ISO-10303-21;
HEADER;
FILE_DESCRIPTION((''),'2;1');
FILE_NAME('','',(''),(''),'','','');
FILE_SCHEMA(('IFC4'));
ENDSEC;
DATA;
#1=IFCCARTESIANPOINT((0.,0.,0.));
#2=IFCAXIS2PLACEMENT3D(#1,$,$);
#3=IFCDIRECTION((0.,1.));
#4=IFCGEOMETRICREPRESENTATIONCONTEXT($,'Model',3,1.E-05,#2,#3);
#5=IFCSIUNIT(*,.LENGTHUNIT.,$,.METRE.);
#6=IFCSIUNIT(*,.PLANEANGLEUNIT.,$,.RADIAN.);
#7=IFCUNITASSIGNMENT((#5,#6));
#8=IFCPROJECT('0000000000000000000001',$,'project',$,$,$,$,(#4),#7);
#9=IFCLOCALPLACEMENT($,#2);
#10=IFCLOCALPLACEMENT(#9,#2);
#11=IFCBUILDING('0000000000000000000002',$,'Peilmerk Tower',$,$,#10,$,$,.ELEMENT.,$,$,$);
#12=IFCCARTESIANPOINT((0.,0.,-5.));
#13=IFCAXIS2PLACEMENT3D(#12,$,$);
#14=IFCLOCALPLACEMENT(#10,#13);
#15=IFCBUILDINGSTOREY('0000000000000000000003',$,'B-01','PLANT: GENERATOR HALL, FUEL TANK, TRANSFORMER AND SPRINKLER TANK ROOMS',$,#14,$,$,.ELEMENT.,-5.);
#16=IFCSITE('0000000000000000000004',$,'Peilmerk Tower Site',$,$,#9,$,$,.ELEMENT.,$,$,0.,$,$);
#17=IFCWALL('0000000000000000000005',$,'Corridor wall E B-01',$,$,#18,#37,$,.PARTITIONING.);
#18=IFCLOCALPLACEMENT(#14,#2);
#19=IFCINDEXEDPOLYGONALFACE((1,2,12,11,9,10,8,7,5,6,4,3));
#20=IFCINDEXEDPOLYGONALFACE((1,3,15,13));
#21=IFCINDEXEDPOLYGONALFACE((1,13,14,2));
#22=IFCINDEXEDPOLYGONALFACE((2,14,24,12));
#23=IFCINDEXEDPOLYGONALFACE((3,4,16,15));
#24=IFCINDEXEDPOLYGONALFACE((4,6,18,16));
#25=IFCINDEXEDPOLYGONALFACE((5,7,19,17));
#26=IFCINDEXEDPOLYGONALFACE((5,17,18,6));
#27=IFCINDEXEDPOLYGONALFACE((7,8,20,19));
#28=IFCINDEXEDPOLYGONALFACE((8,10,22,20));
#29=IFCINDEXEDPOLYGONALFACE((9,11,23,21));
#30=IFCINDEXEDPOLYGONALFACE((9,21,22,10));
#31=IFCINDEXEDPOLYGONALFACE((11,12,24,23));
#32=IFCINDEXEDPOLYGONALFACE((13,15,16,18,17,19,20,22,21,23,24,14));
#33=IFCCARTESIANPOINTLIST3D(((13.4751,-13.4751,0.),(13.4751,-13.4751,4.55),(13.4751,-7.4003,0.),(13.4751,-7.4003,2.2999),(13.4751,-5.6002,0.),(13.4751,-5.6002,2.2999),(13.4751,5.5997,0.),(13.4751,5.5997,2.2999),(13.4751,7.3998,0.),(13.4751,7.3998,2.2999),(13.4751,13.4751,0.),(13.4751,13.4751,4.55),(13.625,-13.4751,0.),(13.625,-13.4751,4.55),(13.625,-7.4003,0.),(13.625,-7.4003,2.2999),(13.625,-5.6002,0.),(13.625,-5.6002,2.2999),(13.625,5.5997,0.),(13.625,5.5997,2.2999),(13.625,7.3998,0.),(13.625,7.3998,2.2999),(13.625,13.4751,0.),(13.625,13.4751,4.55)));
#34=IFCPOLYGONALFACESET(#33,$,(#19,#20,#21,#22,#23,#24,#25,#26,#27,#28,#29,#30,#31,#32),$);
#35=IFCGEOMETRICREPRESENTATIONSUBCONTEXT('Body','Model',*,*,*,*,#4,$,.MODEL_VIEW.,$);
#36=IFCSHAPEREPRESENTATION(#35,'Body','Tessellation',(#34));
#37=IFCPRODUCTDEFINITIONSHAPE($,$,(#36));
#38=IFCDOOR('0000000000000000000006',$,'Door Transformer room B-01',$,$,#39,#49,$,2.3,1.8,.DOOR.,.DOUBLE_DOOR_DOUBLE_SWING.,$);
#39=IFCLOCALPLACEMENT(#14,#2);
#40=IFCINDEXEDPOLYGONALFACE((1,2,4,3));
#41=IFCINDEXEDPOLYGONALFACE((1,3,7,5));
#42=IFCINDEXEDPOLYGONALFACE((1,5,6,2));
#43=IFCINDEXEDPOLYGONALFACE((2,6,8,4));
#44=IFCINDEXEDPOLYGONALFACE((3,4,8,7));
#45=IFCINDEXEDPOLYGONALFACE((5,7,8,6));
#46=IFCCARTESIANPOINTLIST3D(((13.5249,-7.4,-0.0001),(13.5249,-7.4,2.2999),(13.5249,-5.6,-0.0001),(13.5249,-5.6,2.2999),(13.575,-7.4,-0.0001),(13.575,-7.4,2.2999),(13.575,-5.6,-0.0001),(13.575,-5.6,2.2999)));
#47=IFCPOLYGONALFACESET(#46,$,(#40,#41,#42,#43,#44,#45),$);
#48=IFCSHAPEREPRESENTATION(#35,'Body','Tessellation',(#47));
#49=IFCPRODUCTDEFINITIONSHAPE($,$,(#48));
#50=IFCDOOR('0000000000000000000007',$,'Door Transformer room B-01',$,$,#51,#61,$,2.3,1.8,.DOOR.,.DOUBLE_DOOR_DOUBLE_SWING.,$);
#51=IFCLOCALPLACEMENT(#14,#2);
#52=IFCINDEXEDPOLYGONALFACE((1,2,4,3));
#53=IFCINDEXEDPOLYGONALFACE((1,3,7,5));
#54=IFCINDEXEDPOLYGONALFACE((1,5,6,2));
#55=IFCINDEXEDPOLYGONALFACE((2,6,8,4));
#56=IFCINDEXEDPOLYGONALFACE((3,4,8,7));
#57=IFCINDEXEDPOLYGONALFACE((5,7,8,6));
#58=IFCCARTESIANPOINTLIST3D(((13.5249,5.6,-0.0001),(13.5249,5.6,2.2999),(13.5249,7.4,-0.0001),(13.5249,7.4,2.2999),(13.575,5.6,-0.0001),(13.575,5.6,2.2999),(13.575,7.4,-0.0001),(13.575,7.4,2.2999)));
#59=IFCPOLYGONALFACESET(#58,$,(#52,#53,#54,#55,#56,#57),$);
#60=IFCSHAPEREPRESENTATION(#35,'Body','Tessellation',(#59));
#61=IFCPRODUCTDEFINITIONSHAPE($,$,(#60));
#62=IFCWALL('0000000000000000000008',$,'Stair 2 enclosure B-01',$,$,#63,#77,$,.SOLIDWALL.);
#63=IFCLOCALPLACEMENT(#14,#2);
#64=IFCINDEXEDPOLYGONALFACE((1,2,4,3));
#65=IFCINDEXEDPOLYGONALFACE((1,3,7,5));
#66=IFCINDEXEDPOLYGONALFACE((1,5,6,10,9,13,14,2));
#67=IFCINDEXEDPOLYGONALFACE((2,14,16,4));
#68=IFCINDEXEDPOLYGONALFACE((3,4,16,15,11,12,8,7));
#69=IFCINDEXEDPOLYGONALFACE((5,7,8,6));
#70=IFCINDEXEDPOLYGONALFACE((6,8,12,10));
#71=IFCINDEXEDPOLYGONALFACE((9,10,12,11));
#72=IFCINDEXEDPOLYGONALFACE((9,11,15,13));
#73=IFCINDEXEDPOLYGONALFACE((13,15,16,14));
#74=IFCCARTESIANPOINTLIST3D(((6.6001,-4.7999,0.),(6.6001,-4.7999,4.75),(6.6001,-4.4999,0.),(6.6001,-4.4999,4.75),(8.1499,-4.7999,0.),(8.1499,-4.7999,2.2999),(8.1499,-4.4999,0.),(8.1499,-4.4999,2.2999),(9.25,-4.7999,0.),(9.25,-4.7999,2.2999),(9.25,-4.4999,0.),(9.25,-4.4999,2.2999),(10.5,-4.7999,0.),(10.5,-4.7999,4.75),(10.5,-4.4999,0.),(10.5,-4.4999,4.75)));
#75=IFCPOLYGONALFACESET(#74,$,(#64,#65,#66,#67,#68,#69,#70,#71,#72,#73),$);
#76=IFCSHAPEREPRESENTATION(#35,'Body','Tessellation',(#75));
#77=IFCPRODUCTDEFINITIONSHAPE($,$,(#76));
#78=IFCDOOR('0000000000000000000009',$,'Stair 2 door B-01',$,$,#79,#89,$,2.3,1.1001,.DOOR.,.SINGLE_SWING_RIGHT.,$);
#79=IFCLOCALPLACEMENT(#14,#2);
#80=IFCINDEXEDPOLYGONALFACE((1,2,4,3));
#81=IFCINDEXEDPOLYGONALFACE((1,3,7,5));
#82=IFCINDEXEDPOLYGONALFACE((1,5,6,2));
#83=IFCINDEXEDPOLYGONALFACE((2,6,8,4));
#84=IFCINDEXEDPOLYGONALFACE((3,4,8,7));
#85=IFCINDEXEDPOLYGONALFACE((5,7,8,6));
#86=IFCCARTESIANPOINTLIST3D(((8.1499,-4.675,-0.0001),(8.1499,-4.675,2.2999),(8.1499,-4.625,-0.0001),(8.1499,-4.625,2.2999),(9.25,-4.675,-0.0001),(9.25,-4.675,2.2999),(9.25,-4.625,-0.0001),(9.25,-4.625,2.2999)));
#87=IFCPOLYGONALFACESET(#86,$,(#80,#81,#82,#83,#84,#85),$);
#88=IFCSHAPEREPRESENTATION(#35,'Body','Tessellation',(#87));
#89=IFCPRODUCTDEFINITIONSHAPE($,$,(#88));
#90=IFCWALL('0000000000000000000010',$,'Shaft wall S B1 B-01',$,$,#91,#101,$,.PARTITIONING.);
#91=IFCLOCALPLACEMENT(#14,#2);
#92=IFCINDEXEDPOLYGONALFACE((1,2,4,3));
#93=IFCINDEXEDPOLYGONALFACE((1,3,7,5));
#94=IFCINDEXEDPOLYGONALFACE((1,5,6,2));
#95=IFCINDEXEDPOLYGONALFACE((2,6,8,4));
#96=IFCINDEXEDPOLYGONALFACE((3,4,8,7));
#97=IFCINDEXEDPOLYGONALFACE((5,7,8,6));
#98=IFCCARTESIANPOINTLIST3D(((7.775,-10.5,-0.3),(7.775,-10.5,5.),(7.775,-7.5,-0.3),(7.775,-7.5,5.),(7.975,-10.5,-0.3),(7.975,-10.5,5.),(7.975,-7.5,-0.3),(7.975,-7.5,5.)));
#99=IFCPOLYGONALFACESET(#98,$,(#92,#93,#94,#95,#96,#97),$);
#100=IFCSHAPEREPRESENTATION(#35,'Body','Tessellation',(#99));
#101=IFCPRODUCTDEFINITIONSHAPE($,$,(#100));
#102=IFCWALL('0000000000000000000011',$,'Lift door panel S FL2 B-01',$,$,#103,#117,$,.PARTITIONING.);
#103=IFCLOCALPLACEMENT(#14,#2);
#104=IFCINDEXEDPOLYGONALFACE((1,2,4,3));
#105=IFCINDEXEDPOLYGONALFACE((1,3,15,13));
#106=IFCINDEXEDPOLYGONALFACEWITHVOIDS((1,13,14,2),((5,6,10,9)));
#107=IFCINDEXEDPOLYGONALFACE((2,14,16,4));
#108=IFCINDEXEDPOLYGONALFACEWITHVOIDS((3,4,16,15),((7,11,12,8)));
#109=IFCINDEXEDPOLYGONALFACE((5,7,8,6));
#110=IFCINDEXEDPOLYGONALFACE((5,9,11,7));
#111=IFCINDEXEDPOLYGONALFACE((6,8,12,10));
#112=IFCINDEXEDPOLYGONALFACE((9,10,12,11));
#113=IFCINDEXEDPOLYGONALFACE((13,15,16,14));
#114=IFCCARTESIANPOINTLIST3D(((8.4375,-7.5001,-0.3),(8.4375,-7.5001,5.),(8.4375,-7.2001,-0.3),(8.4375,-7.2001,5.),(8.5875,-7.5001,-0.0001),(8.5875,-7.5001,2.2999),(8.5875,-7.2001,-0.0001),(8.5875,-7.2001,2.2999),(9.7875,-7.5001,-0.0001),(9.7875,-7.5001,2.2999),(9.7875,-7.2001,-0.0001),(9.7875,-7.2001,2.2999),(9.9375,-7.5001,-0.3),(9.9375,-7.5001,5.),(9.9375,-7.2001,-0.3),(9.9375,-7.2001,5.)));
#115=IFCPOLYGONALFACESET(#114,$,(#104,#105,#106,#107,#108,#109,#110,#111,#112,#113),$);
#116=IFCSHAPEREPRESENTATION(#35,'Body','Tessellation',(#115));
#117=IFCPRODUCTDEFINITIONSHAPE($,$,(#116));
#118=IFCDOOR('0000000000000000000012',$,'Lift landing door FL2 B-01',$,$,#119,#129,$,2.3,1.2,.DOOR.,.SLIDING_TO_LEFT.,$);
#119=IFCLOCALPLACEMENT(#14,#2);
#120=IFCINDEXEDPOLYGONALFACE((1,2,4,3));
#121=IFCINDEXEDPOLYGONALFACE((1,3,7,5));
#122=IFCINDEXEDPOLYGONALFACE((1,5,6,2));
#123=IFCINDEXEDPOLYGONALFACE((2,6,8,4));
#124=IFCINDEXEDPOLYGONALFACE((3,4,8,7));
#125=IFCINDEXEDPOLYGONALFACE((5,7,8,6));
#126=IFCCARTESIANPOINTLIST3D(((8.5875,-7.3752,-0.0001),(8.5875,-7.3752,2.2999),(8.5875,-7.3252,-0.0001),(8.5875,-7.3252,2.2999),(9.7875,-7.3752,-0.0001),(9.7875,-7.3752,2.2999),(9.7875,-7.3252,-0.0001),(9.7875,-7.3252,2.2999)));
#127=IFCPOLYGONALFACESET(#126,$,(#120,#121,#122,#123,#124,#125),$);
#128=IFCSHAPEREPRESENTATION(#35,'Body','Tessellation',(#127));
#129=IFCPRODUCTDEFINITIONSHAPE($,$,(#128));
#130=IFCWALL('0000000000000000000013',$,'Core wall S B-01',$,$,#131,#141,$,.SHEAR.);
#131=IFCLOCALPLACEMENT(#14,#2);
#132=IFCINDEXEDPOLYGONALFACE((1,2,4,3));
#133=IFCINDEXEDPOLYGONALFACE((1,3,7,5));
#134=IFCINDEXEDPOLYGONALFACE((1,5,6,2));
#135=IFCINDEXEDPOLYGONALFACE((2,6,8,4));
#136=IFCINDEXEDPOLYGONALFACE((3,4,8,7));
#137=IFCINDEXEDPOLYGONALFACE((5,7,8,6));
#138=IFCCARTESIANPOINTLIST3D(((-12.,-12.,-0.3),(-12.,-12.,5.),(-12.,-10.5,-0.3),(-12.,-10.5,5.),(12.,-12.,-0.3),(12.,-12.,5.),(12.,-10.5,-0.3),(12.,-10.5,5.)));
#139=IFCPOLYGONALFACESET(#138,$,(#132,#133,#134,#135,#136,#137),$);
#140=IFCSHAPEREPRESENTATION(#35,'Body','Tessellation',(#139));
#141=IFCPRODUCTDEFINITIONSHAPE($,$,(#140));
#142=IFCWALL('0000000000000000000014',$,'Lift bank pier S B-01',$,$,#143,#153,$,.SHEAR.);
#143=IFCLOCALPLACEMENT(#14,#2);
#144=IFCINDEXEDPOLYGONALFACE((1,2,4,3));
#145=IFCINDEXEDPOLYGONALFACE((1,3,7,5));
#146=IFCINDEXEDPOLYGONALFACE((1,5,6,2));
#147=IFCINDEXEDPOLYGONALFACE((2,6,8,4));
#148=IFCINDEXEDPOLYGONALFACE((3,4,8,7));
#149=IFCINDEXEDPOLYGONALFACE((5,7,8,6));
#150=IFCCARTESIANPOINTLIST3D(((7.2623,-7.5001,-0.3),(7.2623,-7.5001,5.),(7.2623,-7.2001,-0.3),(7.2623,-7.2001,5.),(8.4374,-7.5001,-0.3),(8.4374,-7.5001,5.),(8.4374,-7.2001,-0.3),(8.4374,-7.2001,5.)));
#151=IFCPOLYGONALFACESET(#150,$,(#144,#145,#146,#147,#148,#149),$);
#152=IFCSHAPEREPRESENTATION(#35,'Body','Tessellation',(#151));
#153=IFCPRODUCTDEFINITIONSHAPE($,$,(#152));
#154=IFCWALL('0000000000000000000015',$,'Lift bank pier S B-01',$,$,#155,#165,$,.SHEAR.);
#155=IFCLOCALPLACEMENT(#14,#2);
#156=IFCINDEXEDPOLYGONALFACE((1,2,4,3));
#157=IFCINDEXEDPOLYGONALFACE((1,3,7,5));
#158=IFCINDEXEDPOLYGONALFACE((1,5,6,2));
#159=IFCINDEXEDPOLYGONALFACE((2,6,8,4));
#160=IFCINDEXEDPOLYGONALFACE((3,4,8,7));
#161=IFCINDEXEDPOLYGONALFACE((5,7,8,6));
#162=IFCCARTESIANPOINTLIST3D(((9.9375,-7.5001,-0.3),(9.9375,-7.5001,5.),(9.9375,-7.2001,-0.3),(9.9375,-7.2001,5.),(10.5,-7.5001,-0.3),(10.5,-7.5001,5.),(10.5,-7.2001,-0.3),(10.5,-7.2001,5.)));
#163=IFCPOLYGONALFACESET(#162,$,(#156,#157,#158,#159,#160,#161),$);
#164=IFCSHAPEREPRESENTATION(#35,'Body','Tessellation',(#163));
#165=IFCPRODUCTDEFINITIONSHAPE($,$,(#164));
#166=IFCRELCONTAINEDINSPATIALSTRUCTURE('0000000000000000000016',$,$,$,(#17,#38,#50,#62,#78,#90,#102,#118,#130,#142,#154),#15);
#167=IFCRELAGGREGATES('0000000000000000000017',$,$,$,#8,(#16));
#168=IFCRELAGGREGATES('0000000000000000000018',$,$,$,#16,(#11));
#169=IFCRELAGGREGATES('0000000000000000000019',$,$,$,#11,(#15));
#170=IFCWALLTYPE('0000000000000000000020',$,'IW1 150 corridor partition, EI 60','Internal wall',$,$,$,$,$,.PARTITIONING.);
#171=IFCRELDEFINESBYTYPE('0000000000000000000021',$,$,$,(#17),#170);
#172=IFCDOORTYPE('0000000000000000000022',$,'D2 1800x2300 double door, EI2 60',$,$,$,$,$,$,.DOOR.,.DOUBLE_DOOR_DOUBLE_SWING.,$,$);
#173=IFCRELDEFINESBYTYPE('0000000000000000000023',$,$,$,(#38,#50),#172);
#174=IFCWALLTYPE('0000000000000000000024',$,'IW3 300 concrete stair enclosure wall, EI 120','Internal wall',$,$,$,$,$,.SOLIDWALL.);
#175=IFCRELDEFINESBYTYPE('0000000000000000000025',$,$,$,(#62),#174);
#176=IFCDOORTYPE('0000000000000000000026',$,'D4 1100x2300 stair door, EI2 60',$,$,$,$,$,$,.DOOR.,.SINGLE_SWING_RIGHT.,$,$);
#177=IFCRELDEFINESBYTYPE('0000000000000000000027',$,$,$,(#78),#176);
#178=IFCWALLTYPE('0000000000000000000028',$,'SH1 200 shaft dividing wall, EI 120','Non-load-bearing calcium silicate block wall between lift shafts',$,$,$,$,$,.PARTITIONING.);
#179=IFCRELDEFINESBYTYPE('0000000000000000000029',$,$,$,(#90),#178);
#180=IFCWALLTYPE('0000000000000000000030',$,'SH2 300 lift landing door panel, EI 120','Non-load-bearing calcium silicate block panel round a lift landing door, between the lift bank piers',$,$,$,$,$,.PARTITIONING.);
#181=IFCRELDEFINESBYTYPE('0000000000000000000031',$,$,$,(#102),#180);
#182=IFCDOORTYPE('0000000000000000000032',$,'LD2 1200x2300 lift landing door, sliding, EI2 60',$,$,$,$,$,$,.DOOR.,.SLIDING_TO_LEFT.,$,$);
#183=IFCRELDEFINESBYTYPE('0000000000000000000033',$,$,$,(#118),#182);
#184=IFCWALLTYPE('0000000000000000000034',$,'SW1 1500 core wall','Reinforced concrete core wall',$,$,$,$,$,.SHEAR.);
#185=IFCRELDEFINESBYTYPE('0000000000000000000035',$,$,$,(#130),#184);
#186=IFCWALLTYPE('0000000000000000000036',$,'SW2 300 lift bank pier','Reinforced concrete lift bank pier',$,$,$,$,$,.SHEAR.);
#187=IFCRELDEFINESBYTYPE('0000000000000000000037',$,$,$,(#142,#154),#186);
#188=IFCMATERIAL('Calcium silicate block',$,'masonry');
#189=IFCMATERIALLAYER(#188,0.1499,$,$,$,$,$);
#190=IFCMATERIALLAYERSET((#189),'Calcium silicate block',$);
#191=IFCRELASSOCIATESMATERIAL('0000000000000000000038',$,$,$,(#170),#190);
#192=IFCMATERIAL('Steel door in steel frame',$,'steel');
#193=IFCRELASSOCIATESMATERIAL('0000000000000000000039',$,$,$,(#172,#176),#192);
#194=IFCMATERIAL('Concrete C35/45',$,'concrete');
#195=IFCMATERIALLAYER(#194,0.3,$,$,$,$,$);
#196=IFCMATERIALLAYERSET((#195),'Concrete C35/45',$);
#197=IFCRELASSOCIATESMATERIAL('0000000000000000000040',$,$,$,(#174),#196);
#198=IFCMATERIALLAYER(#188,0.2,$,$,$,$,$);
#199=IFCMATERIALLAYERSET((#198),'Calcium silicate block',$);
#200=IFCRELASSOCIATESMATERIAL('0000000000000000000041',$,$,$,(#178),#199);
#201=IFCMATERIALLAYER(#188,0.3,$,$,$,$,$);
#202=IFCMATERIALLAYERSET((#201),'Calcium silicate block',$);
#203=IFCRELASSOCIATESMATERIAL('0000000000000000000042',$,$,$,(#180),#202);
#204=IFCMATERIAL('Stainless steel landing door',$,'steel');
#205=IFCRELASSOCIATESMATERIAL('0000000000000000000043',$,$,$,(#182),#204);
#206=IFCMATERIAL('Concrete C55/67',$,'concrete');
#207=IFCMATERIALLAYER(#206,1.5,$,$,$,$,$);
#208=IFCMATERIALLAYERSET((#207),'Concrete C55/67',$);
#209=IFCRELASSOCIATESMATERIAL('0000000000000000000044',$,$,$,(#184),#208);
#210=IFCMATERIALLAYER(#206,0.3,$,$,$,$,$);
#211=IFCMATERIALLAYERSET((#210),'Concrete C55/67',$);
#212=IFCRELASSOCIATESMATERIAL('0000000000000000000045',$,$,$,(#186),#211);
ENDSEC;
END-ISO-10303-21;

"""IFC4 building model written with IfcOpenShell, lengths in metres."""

from ifc_helpers import new_model, si_unit, direction, frame, frame_2d, origin, place, context, subcontext, project, spatial, rectangle, extrude, material, layer, layer_set, type_object, element, fill, save


model = new_model("IFC4")

# Units and contexts
model_context = context("Model", 3, precision=1e-05, world=origin(), true_north=direction((0.0, 1.0)))
body_context = subcontext(model_context, "Body", "Model", "MODEL_VIEW")
ifc_project = project(units=[si_unit("LENGTHUNIT", "METRE"), si_unit("PLANEANGLEUNIT", "RADIAN")], contexts=[model_context])

# Site, building, storey
site_placement = place(None, origin())
site = spatial("IfcSite", under=ifc_project, at=site_placement, Name="Peilmerk Tower Site", CompositionType="ELEMENT", RefElevation=0.0)
building_placement = place(site_placement, origin())
building = spatial("IfcBuilding", under=site, at=building_placement, Name="Peilmerk Tower", CompositionType="ELEMENT")
storey_placement = place(building_placement, frame((0.0, 0.0, -5.0)))
storey = spatial("IfcBuildingStorey", under=building, at=storey_placement, Name="B-01", Description="PLANT: GENERATOR HALL, FUEL TANK, TRANSFORMER AND SPRINKLER TANK ROOMS", CompositionType="ELEMENT", Elevation=-5.0)

# Wall, openings, doors
ifc_material_1 = material(Name="Calcium silicate block", Category="masonry")
ifc_layer_1 = layer(ifc_material_1, 0.1499)
ifc_layer_set_1 = layer_set([ifc_layer_1], Name="Calcium silicate block")
wall_type_1 = type_object("IfcWallType", Name="IW1 150 corridor partition, EI 60", Description="Internal wall", PredefinedType="PARTITIONING", material=ifc_layer_set_1)
ifc_material_2 = material(Name="Steel door in steel frame", Category="steel")
door_type_1 = type_object("IfcDoorType", Name="D2 1800x2300 double door, EI2 60", OperationType="DOUBLE_DOOR_DOUBLE_SWING", PredefinedType="DOOR", material=ifc_material_2)
wall_1_placement = place(storey_placement, frame((13.55, -13.4751, 0.0), z_axis=(0.0, 0.0, 1.0), x_axis=(0.0, 1.0, 0.0)))
wall_1 = element("IfcWall", 1, at=wall_1_placement, inside=storey, type_object=wall_type_1, Name="Corridor wall E B-01", PredefinedType="PARTITIONING", context=body_context, shape_type="SweptSolid", body=[
    extrude(rectangle(XDim=26.9502, YDim=0.1499, at=frame_2d((13.4751, 0.0))), origin(), (0.0, 0.0, 1.0), 4.55),
])
opening_1_placement = place(wall_1_placement, frame((6.075, 0.0, 0.0)))
opening_1 = element("IfcOpeningElement", 2, at=opening_1_placement, cuts=wall_1, PredefinedType="OPENING", context=body_context, shape_type="SweptSolid", body=[
    extrude(rectangle(XDim=1.8, YDim=2.3, at=frame_2d((0.8999, 1.1499))), frame((0.0, 0.085, 0.0), z_axis=(0.0, -1.0, 0.0), x_axis=(1.0, 0.0, 0.0)), (0.0, 0.0, 1.0), 0.1699),
])
opening_2_placement = place(wall_1_placement, frame((19.075, 0.0, 0.0)))
opening_2 = element("IfcOpeningElement", 3, at=opening_2_placement, cuts=wall_1, PredefinedType="OPENING", context=body_context, shape_type="SweptSolid", body=[
    extrude(rectangle(XDim=1.8, YDim=2.3, at=frame_2d((0.8999, 1.1499))), frame((0.0, 0.085, 0.0), z_axis=(0.0, -1.0, 0.0), x_axis=(1.0, 0.0, 0.0)), (0.0, 0.0, 1.0), 0.1699),
])
door_1_placement = place(opening_1_placement, frame((1.8, 0.0, 0.0), z_axis=(0.0, 0.0, 1.0), x_axis=(-1.0, 0.0, 0.0)))
door_1 = element("IfcDoor", 4, at=door_1_placement, inside=storey, type_object=door_type_1, Name="Door Transformer room B-01", OperationType="DOUBLE_DOOR_DOUBLE_SWING", OverallHeight=2.3, OverallWidth=1.8, PredefinedType="DOOR", context=body_context, shape_type="SweptSolid", body=[
    extrude(rectangle(XDim=1.8, YDim=2.3, at=frame_2d((0.8999, 1.1499))), frame((0.0, 0.0249, 0.0), z_axis=(0.0, -1.0, 0.0), x_axis=(1.0, 0.0, 0.0)), (0.0, 0.0, 1.0), 0.05),
])
fill(opening_1, door_1)
door_2_placement = place(opening_2_placement, frame((1.8, 0.0, 0.0), z_axis=(0.0, 0.0, 1.0), x_axis=(-1.0, 0.0, 0.0)))
door_2 = element("IfcDoor", 5, at=door_2_placement, inside=storey, type_object=door_type_1, Name="Door Transformer room B-01", OperationType="DOUBLE_DOOR_DOUBLE_SWING", OverallHeight=2.3, OverallWidth=1.8, PredefinedType="DOOR", context=body_context, shape_type="SweptSolid", body=[
    extrude(rectangle(XDim=1.8, YDim=2.3, at=frame_2d((0.8999, 1.1499))), frame((0.0, 0.0249, 0.0), z_axis=(0.0, -1.0, 0.0), x_axis=(1.0, 0.0, 0.0)), (0.0, 0.0, 1.0), 0.05),
])
fill(opening_2, door_2)

# Wall, opening, door
ifc_material_3 = material(Name="Concrete C35/45", Category="concrete")
ifc_layer_2 = layer(ifc_material_3, 0.3)
ifc_layer_set_2 = layer_set([ifc_layer_2], Name="Concrete C35/45")
wall_type_2 = type_object("IfcWallType", Name="IW3 300 concrete stair enclosure wall, EI 120", Description="Internal wall", PredefinedType="SOLIDWALL", material=ifc_layer_set_2)
wall_2_placement = place(storey_placement, frame((10.5, -4.6499, 0.0), z_axis=(0.0, 0.0, 1.0), x_axis=(-1.0, 0.0, 0.0)))
wall_2 = element("IfcWall", 6, at=wall_2_placement, inside=storey, type_object=wall_type_2, Name="Stair 2 enclosure B-01", PredefinedType="SOLIDWALL", context=body_context, shape_type="SweptSolid", body=[
    extrude(rectangle(XDim=3.8999, YDim=0.3, at=frame_2d((1.95, 0.0))), origin(), (0.0, 0.0, 1.0), 4.75),
])
opening_3_placement = place(wall_2_placement, frame((1.25, 0.0, 0.0)))
opening_3 = element("IfcOpeningElement", 7, at=opening_3_placement, cuts=wall_2, PredefinedType="OPENING", context=body_context, shape_type="SweptSolid", body=[
    extrude(rectangle(XDim=1.1001, YDim=2.3, at=frame_2d((0.55, 1.1499))), frame((0.0, 0.1599, 0.0), z_axis=(0.0, -1.0, 0.0), x_axis=(1.0, 0.0, 0.0)), (0.0, 0.0, 1.0), 0.3201),
])
door_type_2 = type_object("IfcDoorType", Name="D4 1100x2300 stair door, EI2 60", OperationType="SINGLE_SWING_RIGHT", PredefinedType="DOOR", material=ifc_material_2)
door_3_placement = place(opening_3_placement, frame((1.1001, 0.0, 0.0), z_axis=(0.0, 0.0, 1.0), x_axis=(-1.0, 0.0, 0.0)))
door_3 = element("IfcDoor", 8, at=door_3_placement, inside=storey, type_object=door_type_2, Name="Stair 2 door B-01", OperationType="SINGLE_SWING_RIGHT", OverallHeight=2.3, OverallWidth=1.1001, PredefinedType="DOOR", context=body_context, shape_type="SweptSolid", body=[
    extrude(rectangle(XDim=1.1001, YDim=2.3, at=frame_2d((0.55, 1.1499))), frame((0.0, 0.0249, 0.0), z_axis=(0.0, -1.0, 0.0), x_axis=(1.0, 0.0, 0.0)), (0.0, 0.0, 1.0), 0.05),
])
fill(opening_3, door_3)

# Wall
ifc_layer_3 = layer(ifc_material_1, 0.2)
ifc_layer_set_3 = layer_set([ifc_layer_3], Name="Calcium silicate block")
wall_type_3 = type_object("IfcWallType", Name="SH1 200 shaft dividing wall, EI 120", Description="Non-load-bearing calcium silicate block wall between lift shafts", PredefinedType="PARTITIONING", material=ifc_layer_set_3)
wall_3_placement = place(storey_placement, frame((7.875, -10.5, -0.3), z_axis=(0.0, 0.0, 1.0), x_axis=(0.0, 1.0, 0.0)))
element("IfcWall", 9, at=wall_3_placement, inside=storey, type_object=wall_type_3, Name="Shaft wall S B1 B-01", PredefinedType="PARTITIONING", context=body_context, shape_type="SweptSolid", body=[
    extrude(rectangle(XDim=3.0, YDim=0.2, at=frame_2d((1.5, 0.0))), origin(), (0.0, 0.0, 1.0), 5.3),
])

# Wall, opening, door
ifc_layer_4 = layer(ifc_material_1, 0.3)
ifc_layer_set_4 = layer_set([ifc_layer_4], Name="Calcium silicate block")
wall_type_4 = type_object("IfcWallType", Name="SH2 300 lift landing door panel, EI 120", Description="Non-load-bearing calcium silicate block panel round a lift landing door, between the lift bank piers", PredefinedType="PARTITIONING", material=ifc_layer_set_4)
wall_4_placement = place(storey_placement, frame((8.4375, -7.3501, -0.3), z_axis=(0.0, 0.0, 1.0), x_axis=(1.0, 0.0, 0.0)))
wall_4 = element("IfcWall", 10, at=wall_4_placement, inside=storey, type_object=wall_type_4, Name="Lift door panel S FL2 B-01", PredefinedType="PARTITIONING", context=body_context, shape_type="SweptSolid", body=[
    extrude(rectangle(XDim=1.5, YDim=0.3, at=frame_2d((0.75, 0.0))), origin(), (0.0, 0.0, 1.0), 5.3),
])
opening_4_placement = place(wall_4_placement, frame((0.1499, 0.0, 0.3)))
opening_4 = element("IfcOpeningElement", 11, at=opening_4_placement, cuts=wall_4, PredefinedType="OPENING", context=body_context, shape_type="SweptSolid", body=[
    extrude(rectangle(XDim=1.2, YDim=2.3, at=frame_2d((0.6001, 1.1499))), frame((0.0, 0.1599, 0.0), z_axis=(0.0, -1.0, 0.0), x_axis=(1.0, 0.0, 0.0)), (0.0, 0.0, 1.0), 0.3201),
])
ifc_material_4 = material(Name="Stainless steel landing door", Category="steel")
door_type_3 = type_object("IfcDoorType", Name="LD2 1200x2300 lift landing door, sliding, EI2 60", OperationType="SLIDING_TO_LEFT", PredefinedType="DOOR", material=ifc_material_4)
door_4_placement = place(opening_4_placement, origin())
door_4 = element("IfcDoor", 12, at=door_4_placement, inside=storey, type_object=door_type_3, Name="Lift landing door FL2 B-01", OperationType="SLIDING_TO_LEFT", OverallHeight=2.3, OverallWidth=1.2, PredefinedType="DOOR", context=body_context, shape_type="SweptSolid", body=[
    extrude(rectangle(XDim=1.2, YDim=2.3, at=frame_2d((0.6001, 1.1499))), frame((0.0, 0.0249, 0.0), z_axis=(0.0, -1.0, 0.0), x_axis=(1.0, 0.0, 0.0)), (0.0, 0.0, 1.0), 0.05),
])
fill(opening_4, door_4)

# Walls
ifc_material_5 = material(Name="Concrete C55/67", Category="concrete")
ifc_layer_5 = layer(ifc_material_5, 1.5)
ifc_layer_set_5 = layer_set([ifc_layer_5], Name="Concrete C55/67")
wall_type_5 = type_object("IfcWallType", Name="SW1 1500 core wall", Description="Reinforced concrete core wall", PredefinedType="SHEAR", material=ifc_layer_set_5)
wall_5_placement = place(storey_placement, frame((12.0, -11.25, -0.3), z_axis=(0.0, 0.0, 1.0), x_axis=(-1.0, 0.0, 0.0)))
element("IfcWall", 13, at=wall_5_placement, inside=storey, type_object=wall_type_5, Name="Core wall S B-01", PredefinedType="SHEAR", context=body_context, shape_type="SweptSolid", body=[
    extrude(rectangle(XDim=24.0, YDim=1.5, at=frame_2d((12.0, 0.0))), origin(), (0.0, 0.0, 1.0), 5.3),
])
ifc_layer_6 = layer(ifc_material_5, 0.3)
ifc_layer_set_6 = layer_set([ifc_layer_6], Name="Concrete C55/67")
wall_type_6 = type_object("IfcWallType", Name="SW2 300 lift bank pier", Description="Reinforced concrete lift bank pier", PredefinedType="SHEAR", material=ifc_layer_set_6)
wall_6_placement = place(storey_placement, frame((7.2625, -7.3501, -0.3), z_axis=(0.0, 0.0, 1.0), x_axis=(1.0, 0.0, 0.0)))
element("IfcWall", 14, at=wall_6_placement, inside=storey, type_object=wall_type_6, Name="Lift bank pier S B-01", PredefinedType="SHEAR", context=body_context, shape_type="SweptSolid", body=[
    extrude(rectangle(XDim=1.175, YDim=0.3, at=frame_2d((0.5874, 0.0))), origin(), (0.0, 0.0, 1.0), 5.3),
])
wall_7_placement = place(storey_placement, frame((9.9375, -7.3501, -0.3), z_axis=(0.0, 0.0, 1.0), x_axis=(1.0, 0.0, 0.0)))
element("IfcWall", 15, at=wall_7_placement, inside=storey, type_object=wall_type_6, Name="Lift bank pier S B-01", PredefinedType="SHEAR", context=body_context, shape_type="SweptSolid", body=[
    extrude(rectangle(XDim=0.5625, YDim=0.3, at=frame_2d((0.2812, 0.0))), origin(), (0.0, 0.0, 1.0), 5.3),
])

save(model, "model.ifc")
